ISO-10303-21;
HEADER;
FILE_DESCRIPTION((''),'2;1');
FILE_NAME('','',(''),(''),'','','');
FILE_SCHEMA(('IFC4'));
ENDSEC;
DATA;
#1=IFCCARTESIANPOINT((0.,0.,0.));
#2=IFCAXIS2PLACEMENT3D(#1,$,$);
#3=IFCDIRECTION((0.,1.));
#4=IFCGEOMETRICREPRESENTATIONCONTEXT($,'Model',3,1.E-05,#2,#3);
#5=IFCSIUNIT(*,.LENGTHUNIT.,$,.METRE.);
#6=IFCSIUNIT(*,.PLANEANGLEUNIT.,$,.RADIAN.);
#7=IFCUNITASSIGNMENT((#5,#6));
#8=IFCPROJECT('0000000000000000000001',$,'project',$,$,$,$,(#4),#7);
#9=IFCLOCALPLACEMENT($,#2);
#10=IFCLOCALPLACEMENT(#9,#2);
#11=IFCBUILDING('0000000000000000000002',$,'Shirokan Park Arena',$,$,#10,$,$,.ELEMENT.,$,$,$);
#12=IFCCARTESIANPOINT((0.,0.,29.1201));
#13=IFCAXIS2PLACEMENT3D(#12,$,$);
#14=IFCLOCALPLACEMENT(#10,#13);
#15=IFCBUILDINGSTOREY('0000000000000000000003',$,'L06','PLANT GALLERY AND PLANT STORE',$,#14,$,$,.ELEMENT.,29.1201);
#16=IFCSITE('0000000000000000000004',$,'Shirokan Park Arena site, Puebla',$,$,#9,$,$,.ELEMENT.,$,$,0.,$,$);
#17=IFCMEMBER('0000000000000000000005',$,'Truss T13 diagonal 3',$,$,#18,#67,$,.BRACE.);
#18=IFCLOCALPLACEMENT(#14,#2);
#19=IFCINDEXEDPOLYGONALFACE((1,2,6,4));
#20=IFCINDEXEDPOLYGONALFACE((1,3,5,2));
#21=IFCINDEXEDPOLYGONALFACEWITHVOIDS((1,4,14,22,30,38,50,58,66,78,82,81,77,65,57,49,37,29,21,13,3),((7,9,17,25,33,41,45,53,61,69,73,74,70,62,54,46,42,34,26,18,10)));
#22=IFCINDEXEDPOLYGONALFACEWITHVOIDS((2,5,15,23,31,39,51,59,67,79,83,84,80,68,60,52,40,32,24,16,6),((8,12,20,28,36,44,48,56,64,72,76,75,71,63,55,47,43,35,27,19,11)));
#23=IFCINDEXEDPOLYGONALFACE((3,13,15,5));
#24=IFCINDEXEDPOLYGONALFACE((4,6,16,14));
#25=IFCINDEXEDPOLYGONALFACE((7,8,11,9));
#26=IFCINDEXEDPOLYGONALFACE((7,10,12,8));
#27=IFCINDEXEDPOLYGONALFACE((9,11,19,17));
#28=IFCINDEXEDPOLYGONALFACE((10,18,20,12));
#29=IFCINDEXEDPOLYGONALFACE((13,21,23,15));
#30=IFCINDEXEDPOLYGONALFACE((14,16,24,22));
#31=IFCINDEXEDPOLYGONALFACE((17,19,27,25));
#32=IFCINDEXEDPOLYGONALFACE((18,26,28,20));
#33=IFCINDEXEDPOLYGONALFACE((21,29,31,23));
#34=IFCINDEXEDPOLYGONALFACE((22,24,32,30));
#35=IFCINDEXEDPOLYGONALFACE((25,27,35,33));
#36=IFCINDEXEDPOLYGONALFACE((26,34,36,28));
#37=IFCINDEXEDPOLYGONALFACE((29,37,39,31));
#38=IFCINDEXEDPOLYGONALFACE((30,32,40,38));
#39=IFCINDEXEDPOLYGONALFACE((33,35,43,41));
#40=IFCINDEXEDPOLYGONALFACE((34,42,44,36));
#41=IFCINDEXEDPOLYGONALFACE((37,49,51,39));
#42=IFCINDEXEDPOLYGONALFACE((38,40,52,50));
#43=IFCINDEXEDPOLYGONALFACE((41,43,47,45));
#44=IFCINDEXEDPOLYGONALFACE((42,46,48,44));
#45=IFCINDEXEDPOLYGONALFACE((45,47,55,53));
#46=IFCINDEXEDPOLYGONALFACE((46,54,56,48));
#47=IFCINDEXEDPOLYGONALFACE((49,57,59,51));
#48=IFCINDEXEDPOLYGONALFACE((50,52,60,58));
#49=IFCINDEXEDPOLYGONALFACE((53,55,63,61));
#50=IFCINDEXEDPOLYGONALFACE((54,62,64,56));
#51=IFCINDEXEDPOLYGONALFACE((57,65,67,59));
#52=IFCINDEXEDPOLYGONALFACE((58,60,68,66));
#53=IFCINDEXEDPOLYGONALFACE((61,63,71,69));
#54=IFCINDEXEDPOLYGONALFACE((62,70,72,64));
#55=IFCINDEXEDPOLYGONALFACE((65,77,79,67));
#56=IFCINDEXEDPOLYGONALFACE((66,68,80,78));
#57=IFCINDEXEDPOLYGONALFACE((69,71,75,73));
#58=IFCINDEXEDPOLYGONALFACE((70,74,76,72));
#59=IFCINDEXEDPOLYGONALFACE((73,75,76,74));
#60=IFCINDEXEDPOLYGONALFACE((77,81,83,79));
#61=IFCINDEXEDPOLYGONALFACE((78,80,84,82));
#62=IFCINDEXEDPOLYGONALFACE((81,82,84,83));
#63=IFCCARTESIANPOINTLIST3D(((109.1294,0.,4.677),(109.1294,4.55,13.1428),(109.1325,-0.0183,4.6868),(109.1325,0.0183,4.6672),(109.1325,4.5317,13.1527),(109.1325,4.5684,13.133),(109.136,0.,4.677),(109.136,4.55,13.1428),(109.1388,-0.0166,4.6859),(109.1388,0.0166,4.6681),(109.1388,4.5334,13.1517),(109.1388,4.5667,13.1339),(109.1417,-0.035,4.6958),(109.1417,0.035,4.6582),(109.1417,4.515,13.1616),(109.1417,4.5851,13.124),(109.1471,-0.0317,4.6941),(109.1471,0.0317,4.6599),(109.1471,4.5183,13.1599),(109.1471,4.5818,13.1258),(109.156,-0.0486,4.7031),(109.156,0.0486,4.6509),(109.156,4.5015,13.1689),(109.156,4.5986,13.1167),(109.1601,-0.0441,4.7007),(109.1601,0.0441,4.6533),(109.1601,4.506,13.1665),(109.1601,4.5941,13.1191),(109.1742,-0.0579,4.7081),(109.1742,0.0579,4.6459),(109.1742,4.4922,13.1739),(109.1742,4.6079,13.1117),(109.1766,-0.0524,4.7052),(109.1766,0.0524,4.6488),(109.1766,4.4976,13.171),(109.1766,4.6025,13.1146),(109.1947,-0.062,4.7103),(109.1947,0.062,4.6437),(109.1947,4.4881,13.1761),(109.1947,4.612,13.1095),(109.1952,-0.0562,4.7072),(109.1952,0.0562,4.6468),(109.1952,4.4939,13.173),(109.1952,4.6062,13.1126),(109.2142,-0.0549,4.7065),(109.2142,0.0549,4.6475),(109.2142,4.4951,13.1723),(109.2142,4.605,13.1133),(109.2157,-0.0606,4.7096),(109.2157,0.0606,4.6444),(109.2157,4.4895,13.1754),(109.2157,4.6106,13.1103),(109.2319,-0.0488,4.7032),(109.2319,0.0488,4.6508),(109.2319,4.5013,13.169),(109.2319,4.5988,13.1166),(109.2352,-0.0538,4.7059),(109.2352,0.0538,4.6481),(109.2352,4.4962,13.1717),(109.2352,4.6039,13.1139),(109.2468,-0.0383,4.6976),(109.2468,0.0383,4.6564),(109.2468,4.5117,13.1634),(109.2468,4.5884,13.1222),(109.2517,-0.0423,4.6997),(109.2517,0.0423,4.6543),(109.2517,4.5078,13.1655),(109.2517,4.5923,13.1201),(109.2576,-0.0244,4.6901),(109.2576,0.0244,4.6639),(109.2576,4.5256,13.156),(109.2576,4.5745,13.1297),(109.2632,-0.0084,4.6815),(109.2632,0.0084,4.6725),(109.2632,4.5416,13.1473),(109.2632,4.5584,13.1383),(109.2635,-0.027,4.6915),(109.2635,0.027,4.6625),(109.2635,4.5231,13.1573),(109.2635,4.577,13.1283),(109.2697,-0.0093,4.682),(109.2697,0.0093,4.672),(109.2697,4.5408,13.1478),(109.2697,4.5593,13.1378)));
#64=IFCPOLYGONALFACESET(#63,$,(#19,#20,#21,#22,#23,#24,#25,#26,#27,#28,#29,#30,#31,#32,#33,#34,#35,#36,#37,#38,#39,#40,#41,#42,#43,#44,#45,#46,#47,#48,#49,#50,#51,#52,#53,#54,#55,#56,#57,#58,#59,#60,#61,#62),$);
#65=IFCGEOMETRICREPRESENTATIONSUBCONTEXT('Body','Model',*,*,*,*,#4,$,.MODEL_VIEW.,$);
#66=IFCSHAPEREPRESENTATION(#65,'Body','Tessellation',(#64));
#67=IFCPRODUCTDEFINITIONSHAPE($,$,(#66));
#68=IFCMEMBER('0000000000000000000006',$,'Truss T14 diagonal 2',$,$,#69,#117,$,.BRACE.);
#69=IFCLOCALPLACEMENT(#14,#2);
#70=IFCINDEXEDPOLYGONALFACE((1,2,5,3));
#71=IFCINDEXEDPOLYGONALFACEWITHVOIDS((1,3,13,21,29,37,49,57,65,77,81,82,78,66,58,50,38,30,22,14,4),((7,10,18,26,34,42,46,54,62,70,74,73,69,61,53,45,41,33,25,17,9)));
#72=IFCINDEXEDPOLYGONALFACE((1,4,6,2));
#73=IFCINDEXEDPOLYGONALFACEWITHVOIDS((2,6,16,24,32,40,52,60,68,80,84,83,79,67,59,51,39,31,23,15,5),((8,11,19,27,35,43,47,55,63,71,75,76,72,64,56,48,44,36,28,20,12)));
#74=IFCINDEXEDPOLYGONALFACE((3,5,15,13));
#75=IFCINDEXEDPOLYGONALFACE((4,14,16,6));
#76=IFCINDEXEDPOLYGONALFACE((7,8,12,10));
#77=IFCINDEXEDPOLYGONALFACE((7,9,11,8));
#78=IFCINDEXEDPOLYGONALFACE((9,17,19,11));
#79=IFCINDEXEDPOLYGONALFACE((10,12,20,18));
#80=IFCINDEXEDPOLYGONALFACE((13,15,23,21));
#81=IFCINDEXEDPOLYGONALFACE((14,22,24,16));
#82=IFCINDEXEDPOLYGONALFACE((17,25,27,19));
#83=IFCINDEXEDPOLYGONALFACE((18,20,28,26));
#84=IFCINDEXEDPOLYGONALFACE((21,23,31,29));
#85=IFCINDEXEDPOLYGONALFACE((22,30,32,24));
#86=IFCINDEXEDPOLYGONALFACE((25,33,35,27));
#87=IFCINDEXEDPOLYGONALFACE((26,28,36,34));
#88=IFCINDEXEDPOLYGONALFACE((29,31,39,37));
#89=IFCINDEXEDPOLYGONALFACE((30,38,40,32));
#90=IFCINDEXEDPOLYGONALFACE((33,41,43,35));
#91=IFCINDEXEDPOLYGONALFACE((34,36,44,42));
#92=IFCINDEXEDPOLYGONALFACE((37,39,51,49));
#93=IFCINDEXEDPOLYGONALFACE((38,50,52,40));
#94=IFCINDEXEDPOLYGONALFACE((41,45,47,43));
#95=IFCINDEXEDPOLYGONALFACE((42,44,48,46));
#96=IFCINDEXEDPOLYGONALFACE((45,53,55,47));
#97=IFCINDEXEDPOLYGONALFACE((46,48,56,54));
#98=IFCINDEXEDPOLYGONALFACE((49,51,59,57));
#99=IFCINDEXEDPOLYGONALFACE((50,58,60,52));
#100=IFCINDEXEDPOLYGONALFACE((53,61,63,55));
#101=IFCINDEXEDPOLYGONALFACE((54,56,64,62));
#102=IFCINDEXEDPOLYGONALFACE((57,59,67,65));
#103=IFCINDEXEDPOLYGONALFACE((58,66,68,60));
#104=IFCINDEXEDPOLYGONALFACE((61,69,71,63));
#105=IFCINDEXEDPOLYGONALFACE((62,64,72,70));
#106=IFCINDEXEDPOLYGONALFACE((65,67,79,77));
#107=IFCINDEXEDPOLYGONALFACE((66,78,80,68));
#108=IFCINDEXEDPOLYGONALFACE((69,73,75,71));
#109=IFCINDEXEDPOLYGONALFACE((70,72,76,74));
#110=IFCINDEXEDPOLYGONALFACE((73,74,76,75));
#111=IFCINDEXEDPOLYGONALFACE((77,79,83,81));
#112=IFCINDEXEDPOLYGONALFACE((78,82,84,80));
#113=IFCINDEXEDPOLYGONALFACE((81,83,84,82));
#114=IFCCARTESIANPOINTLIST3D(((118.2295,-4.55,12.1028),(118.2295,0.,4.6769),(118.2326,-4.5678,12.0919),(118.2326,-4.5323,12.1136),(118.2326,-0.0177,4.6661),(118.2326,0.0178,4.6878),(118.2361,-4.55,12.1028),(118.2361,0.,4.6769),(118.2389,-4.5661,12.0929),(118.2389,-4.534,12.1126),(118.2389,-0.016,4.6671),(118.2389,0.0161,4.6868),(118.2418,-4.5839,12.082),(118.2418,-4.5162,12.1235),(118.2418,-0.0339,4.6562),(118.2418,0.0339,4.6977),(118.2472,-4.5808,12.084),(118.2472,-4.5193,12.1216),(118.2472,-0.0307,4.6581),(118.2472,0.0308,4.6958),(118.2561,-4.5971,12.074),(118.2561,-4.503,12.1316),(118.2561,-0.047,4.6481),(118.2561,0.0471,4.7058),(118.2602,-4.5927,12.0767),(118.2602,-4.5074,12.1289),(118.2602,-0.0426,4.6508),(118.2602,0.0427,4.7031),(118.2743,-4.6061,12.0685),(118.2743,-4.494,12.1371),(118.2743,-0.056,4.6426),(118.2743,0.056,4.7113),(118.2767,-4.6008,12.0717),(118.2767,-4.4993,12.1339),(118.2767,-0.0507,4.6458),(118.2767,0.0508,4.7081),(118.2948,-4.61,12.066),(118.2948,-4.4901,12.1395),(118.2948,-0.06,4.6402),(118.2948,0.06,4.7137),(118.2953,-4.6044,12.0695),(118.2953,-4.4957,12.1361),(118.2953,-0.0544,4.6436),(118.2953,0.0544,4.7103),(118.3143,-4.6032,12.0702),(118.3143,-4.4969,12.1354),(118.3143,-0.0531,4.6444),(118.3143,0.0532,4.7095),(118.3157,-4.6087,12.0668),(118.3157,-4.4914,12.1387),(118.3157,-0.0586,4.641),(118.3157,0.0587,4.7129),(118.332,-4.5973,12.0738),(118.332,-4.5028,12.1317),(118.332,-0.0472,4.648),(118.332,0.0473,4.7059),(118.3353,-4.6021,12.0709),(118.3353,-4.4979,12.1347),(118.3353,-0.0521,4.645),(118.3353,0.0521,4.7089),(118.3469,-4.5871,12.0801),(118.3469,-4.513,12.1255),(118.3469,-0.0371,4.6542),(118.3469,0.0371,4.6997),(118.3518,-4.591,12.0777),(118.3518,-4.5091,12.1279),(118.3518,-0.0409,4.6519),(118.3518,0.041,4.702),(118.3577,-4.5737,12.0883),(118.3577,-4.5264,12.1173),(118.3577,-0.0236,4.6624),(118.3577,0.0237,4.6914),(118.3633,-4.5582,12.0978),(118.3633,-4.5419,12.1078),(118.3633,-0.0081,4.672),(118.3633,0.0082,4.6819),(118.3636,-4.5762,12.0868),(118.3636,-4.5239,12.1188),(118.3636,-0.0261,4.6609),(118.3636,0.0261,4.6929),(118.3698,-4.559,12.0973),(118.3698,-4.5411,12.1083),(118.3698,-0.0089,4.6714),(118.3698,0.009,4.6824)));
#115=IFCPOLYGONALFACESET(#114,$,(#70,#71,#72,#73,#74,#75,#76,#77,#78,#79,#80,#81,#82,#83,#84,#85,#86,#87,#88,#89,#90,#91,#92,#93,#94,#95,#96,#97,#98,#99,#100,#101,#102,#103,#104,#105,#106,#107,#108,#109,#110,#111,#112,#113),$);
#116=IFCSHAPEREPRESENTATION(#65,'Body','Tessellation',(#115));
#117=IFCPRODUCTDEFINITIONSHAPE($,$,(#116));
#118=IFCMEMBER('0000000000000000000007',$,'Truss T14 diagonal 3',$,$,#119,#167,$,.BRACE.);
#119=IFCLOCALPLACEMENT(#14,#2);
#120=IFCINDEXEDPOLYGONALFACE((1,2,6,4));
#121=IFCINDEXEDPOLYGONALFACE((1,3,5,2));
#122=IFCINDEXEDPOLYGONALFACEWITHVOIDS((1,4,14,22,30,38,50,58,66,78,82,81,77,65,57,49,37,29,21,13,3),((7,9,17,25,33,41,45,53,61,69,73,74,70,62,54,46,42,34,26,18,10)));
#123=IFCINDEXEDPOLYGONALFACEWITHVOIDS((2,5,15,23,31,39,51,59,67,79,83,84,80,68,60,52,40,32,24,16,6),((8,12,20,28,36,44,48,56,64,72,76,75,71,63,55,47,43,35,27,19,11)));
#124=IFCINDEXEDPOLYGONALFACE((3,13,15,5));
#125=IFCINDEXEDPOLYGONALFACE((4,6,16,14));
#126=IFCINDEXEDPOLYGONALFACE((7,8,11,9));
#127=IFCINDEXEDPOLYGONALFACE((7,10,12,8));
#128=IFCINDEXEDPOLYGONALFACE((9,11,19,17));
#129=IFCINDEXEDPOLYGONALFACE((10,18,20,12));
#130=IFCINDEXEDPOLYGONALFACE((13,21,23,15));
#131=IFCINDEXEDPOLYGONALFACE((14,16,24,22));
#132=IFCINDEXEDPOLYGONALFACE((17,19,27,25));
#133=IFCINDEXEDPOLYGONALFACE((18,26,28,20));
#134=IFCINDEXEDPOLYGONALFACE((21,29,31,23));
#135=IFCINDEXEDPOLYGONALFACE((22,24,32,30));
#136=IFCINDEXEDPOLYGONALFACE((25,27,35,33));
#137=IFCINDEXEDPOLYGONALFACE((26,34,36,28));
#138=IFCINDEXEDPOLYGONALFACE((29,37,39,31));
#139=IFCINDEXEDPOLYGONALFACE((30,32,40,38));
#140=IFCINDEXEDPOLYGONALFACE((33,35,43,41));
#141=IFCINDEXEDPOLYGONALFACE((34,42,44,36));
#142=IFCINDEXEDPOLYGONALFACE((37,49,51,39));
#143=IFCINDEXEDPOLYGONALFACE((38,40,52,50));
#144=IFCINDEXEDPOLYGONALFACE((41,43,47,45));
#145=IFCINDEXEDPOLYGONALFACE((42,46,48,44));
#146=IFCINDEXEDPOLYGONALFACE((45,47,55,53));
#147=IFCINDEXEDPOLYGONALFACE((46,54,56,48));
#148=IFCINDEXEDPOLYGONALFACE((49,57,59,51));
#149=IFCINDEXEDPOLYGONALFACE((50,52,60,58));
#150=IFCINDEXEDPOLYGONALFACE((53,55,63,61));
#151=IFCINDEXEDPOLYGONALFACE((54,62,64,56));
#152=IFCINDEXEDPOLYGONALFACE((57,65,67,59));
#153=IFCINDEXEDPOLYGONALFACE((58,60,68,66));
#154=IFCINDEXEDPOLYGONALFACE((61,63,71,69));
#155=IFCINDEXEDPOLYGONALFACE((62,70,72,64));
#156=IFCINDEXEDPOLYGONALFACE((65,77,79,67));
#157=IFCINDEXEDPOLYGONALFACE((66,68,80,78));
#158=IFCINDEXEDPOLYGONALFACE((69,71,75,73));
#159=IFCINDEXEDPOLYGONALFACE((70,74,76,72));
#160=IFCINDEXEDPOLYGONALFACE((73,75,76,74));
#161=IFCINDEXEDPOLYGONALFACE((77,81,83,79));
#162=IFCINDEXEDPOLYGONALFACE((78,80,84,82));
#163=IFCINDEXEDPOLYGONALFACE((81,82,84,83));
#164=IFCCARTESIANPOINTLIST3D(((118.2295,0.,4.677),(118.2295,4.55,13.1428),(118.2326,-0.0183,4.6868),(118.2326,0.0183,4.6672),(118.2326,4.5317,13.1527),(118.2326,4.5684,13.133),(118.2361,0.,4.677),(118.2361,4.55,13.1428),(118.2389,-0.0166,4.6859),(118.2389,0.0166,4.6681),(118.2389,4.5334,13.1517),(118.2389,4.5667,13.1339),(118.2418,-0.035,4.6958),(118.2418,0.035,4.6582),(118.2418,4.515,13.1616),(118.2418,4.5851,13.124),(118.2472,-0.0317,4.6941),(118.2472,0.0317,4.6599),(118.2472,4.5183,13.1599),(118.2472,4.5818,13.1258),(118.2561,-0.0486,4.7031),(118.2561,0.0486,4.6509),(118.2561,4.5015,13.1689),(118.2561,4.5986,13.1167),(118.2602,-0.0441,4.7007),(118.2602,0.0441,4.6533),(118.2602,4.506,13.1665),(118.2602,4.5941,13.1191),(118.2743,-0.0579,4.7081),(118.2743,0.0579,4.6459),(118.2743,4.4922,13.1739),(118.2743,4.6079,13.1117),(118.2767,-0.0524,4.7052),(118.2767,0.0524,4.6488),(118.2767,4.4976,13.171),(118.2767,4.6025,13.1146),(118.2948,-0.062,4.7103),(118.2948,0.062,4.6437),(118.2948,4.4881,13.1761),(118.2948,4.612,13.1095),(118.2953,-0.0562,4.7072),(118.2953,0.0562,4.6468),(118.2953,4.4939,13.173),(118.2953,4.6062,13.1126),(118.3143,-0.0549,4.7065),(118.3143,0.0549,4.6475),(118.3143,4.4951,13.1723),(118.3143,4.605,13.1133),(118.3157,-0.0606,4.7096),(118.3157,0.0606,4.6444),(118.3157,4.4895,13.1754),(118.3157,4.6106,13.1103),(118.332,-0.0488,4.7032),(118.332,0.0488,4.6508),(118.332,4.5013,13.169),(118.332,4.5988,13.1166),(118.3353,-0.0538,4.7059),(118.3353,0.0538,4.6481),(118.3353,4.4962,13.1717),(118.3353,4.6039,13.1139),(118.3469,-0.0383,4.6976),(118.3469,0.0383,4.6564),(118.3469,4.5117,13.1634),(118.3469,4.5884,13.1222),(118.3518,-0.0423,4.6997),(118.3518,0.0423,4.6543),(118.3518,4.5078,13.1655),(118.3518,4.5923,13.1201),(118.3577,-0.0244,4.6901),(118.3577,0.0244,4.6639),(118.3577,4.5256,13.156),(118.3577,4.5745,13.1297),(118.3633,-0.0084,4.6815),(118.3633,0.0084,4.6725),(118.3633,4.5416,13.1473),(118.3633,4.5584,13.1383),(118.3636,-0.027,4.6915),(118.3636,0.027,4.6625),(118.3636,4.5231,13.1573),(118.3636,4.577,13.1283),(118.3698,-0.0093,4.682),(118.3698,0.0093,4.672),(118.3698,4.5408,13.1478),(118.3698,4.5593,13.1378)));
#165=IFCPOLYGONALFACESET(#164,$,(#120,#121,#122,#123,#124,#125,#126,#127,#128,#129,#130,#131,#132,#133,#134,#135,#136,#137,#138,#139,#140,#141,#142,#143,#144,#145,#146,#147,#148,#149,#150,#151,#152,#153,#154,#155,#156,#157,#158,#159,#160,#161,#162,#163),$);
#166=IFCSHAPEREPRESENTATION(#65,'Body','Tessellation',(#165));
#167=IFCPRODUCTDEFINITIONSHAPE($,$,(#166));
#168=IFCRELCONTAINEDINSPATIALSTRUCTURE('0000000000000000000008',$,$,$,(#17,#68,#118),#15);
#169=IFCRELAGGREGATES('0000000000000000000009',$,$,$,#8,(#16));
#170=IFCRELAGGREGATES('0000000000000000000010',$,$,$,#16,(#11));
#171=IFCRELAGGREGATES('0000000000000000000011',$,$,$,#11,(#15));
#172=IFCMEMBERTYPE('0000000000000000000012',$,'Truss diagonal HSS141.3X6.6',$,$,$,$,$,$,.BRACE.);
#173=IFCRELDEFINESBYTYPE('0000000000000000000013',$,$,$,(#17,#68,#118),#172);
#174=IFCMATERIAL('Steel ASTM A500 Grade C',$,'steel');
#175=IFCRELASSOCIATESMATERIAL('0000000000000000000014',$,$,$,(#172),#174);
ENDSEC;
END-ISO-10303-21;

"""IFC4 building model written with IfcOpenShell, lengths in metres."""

from ifc_helpers import new_model, si_unit, direction, frame, origin, origin_2d, place, context, subcontext, project, spatial, hollow_circle, extrude, material, material_profile, profile_set, type_object, element, save


model = new_model("IFC4")

# Units and contexts
model_context = context("Model", 3, precision=1e-05, world=origin(), true_north=direction((0.0, 1.0)))
body_context = subcontext(model_context, "Body", "Model", "MODEL_VIEW")
ifc_project = project(units=[si_unit("LENGTHUNIT", "METRE"), si_unit("PLANEANGLEUNIT", "RADIAN")], contexts=[model_context])

# Site, building, storey
site_placement = place(None, origin())
site = spatial("IfcSite", under=ifc_project, at=site_placement, Name="Shirokan Park Arena site, Puebla", CompositionType="ELEMENT", RefElevation=0.0)
building_placement = place(site_placement, origin())
building = spatial("IfcBuilding", under=site, at=building_placement, Name="Shirokan Park Arena", CompositionType="ELEMENT")
storey_placement = place(building_placement, frame((0.0, 0.0, 29.1201)))
storey = spatial("IfcBuildingStorey", under=building, at=storey_placement, Name="L06", Description="PLANT GALLERY AND PLANT STORE", CompositionType="ELEMENT", Elevation=29.1201)

# Shared definitions
ifc_material_1 = material(Name="Steel ASTM A500 Grade C", Category="steel")

# Members
ifc_material_profile_1 = material_profile(ifc_material_1, hollow_circle(Radius=0.0706, WallThickness=0.0066, at=origin_2d()), Name="HSS141.3X6.6")
ifc_profile_set_1 = profile_set([ifc_material_profile_1], Name="Steel ASTM A500 Grade C")
member_type_1 = type_object("IfcMemberType", Name="Truss diagonal HSS141.3X6.6", PredefinedType="BRACE", material=ifc_profile_set_1)
member_1_placement = place(storey_placement, frame((109.2, 0.0, 4.677), z_axis=(0.0, 0.473417, 0.880839), x_axis=(-1.0, 0.0, 0.0)))
element("IfcMember", 1, at=member_1_placement, inside=storey, type_object=member_type_1, Name="Truss T13 diagonal 3", PredefinedType="BRACE", context=body_context, shape_type="SweptSolid", body=[
    extrude(hollow_circle(Radius=0.0706, WallThickness=0.0066, at=origin_2d()), origin(), (0.0, 0.0, 1.0), 9.6111),
])
member_2_placement = place(storey_placement, frame((118.3, -4.55, 12.1028), z_axis=(0.0, 0.522459, -0.852665), x_axis=(-1.0, 0.0, 0.0)))
element("IfcMember", 2, at=member_2_placement, inside=storey, type_object=member_type_1, Name="Truss T14 diagonal 2", PredefinedType="BRACE", context=body_context, shape_type="SweptSolid", body=[
    extrude(hollow_circle(Radius=0.0706, WallThickness=0.0066, at=origin_2d()), origin(), (0.0, 0.0, 1.0), 8.709),
])
member_3_placement = place(storey_placement, frame((118.3, 0.0, 4.677), z_axis=(0.0, 0.473417, 0.880839), x_axis=(-1.0, 0.0, 0.0)))
element("IfcMember", 3, at=member_3_placement, inside=storey, type_object=member_type_1, Name="Truss T14 diagonal 3", PredefinedType="BRACE", context=body_context, shape_type="SweptSolid", body=[
    extrude(hollow_circle(Radius=0.0706, WallThickness=0.0066, at=origin_2d()), origin(), (0.0, 0.0, 1.0), 9.6111),
])

save(model, "model.ifc")
